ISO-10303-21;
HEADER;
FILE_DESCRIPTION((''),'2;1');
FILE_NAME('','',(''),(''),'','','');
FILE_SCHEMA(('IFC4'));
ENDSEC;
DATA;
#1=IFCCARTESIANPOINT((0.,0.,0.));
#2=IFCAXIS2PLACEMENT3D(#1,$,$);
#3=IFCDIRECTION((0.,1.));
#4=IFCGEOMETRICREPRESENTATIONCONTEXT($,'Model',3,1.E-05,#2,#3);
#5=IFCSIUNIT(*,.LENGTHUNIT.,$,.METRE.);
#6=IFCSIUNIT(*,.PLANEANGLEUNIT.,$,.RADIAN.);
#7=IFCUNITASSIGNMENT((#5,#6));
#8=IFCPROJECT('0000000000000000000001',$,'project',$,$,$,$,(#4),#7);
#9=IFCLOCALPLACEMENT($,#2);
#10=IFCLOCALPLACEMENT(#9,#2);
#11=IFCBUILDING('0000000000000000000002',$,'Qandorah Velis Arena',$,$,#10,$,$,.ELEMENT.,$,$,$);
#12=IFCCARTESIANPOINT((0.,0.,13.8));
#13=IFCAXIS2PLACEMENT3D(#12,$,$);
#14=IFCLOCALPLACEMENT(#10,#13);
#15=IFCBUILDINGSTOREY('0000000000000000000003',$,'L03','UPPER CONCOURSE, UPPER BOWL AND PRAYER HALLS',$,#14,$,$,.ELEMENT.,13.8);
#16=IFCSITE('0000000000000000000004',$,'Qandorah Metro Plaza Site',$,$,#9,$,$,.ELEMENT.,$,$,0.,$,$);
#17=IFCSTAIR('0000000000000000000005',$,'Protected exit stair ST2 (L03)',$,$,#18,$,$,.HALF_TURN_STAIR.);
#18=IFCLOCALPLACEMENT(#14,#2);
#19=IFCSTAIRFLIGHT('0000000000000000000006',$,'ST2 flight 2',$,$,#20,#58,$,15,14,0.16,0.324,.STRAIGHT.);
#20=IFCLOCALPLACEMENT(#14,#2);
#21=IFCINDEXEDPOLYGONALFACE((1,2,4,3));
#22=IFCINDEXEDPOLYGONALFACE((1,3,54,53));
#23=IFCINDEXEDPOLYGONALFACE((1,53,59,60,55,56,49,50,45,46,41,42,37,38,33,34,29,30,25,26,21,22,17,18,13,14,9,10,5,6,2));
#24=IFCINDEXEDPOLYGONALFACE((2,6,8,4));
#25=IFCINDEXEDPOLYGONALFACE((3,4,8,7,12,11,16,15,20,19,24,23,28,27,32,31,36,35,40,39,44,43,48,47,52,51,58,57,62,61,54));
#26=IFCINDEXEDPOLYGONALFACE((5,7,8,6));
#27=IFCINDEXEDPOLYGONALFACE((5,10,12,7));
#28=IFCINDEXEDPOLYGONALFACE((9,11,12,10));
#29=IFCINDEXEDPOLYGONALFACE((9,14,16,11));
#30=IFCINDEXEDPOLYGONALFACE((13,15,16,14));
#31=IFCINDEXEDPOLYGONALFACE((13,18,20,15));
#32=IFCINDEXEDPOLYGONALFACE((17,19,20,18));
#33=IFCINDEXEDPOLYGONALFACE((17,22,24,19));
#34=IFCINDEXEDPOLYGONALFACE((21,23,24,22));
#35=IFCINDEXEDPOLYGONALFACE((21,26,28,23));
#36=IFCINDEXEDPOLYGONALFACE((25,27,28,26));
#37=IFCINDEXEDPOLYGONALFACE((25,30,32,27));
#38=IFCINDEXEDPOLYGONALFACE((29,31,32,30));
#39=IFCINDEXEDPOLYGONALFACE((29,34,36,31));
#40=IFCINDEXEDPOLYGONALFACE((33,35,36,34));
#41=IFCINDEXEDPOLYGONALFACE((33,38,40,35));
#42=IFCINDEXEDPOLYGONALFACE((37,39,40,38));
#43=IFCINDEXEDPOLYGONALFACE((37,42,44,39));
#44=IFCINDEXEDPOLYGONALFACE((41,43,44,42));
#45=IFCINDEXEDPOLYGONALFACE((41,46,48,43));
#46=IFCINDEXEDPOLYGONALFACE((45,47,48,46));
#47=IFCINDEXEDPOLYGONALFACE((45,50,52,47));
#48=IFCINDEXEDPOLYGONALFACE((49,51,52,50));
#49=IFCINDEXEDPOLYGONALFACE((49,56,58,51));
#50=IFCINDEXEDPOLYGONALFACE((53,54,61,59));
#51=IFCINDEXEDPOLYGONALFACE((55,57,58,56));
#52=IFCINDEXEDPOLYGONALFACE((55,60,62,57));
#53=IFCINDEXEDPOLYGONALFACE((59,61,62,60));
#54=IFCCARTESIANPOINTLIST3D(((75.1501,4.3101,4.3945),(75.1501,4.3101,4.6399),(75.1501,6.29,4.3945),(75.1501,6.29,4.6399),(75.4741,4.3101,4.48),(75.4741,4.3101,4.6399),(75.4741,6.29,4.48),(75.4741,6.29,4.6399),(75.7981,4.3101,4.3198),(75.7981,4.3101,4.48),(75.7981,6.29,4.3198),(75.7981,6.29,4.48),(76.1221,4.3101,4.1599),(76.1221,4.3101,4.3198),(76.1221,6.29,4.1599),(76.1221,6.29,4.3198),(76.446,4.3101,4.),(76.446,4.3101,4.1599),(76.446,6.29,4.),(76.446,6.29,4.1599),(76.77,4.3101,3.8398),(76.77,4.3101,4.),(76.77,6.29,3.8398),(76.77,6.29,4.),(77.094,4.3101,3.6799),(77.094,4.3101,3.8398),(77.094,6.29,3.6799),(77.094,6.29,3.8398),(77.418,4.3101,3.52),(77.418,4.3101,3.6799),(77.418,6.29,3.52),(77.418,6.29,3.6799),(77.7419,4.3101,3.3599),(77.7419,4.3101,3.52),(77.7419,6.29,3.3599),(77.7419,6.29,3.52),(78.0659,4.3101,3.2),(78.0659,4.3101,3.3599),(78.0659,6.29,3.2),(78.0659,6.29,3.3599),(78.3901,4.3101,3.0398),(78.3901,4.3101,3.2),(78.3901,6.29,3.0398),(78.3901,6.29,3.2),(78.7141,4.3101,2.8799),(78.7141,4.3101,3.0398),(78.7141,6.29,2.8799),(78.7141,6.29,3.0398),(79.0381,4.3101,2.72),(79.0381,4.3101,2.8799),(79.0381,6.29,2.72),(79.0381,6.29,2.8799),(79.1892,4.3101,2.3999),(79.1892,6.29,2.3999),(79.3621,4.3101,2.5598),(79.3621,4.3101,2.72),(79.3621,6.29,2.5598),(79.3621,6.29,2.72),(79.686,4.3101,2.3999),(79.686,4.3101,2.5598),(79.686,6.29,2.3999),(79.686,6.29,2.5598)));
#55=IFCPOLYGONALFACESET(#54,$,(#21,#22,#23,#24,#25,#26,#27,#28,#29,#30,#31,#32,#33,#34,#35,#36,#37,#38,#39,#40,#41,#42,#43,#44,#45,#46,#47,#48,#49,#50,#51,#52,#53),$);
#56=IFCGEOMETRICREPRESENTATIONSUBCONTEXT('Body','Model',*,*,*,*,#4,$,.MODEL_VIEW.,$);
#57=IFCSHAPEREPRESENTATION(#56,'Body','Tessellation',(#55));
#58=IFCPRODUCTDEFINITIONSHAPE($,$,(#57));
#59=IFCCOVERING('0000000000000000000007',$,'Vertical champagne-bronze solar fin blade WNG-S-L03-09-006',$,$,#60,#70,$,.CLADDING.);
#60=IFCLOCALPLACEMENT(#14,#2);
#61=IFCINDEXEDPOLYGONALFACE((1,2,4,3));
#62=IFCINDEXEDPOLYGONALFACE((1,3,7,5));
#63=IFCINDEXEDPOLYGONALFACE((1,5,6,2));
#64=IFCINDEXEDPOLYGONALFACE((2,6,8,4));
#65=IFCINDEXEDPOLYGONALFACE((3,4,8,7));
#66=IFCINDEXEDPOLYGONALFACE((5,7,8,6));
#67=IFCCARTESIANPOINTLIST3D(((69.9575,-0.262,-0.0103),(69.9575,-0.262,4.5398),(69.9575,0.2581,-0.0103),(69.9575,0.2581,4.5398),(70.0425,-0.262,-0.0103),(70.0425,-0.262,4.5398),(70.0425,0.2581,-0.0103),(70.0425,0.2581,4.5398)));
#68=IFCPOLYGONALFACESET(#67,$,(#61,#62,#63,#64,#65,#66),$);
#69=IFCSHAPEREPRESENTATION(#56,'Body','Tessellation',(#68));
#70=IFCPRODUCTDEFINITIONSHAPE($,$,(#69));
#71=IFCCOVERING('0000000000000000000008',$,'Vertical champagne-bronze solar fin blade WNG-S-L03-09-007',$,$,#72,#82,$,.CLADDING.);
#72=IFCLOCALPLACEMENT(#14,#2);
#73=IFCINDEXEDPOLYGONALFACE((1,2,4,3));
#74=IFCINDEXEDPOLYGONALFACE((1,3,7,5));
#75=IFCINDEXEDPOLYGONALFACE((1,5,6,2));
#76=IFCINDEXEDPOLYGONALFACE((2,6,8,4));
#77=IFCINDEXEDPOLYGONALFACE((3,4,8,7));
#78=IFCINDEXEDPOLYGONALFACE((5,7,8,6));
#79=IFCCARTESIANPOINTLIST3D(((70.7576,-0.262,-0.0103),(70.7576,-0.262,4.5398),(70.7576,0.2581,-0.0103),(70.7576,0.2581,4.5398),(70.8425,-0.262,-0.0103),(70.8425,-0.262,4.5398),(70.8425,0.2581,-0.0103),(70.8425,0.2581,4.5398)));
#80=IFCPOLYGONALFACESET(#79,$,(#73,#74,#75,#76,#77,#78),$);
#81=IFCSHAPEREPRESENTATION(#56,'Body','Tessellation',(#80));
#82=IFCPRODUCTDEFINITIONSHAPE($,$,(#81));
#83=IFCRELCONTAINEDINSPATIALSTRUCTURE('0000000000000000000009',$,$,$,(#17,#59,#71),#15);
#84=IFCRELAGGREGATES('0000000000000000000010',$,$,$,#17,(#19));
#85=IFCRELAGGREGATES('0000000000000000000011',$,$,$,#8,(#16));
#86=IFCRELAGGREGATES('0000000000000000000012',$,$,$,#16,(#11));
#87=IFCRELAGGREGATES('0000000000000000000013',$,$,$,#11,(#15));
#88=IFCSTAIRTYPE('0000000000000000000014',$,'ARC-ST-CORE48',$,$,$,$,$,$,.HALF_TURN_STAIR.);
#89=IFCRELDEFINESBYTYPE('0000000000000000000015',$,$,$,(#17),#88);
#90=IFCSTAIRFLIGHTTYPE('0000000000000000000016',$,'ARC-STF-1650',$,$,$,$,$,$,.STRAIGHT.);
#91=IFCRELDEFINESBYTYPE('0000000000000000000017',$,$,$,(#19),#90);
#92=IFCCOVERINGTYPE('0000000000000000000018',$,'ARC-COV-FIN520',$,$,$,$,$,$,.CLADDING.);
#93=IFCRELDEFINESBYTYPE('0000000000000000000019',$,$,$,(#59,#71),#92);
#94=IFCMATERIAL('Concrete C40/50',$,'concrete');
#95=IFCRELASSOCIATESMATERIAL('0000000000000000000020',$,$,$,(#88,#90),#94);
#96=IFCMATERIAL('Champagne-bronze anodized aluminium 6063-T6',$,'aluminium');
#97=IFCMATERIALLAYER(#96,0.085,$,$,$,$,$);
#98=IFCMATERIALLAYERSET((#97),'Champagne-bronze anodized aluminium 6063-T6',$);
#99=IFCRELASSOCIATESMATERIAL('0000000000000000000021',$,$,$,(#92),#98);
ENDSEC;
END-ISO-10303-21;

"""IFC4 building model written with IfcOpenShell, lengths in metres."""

from ifc_helpers import new_model, si_unit, direction, frame, origin, origin_2d, place, context, subcontext, project, spatial, polyline, rectangle, outline, extrude, material, layer, layer_set, type_object, element, aggregate, save


model = new_model("IFC4")

# Units and contexts
model_context = context("Model", 3, precision=1e-05, world=origin(), true_north=direction((0.0, 1.0)))
body_context = subcontext(model_context, "Body", "Model", "MODEL_VIEW")
ifc_project = project(units=[si_unit("LENGTHUNIT", "METRE"), si_unit("PLANEANGLEUNIT", "RADIAN")], contexts=[model_context])

# Site, building, storey
site_placement = place(None, origin())
site = spatial("IfcSite", under=ifc_project, at=site_placement, Name="Qandorah Metro Plaza Site", CompositionType="ELEMENT", RefElevation=0.0)
building_placement = place(site_placement, origin())
building = spatial("IfcBuilding", under=site, at=building_placement, Name="Qandorah Velis Arena", CompositionType="ELEMENT")
storey_placement = place(building_placement, frame((0.0, 0.0, 13.8)))
storey = spatial("IfcBuildingStorey", under=building, at=storey_placement, Name="L03", Description="UPPER CONCOURSE, UPPER BOWL AND PRAYER HALLS", CompositionType="ELEMENT", Elevation=13.8)

# Shared definitions
ifc_material_1 = material(Name="Concrete C40/50", Category="concrete")

# Shared definitions
ifc_material_2 = material(Name="Champagne-bronze anodized aluminium 6063-T6", Category="aluminium")

# Stair, stair flight
stair_type = type_object("IfcStairType", Name="ARC-ST-CORE48", PredefinedType="HALF_TURN_STAIR", material=ifc_material_1)
stair_placement = place(storey_placement, origin())
stair = element("IfcStair", 1, at=stair_placement, inside=storey, type_object=stair_type, Name="Protected exit stair ST2 (L03)", PredefinedType="HALF_TURN_STAIR")
stair_flight_type = type_object("IfcStairFlightType", Name="ARC-STF-1650", PredefinedType="STRAIGHT", material=ifc_material_1)
stair_flight_1_placement = place(storey_placement, frame((79.686, 5.3, 2.3999), z_axis=(0.0, 0.0, 1.0), x_axis=(-1.0, 0.0, 0.0)))
stair_flight_1 = element("IfcStairFlight", 2, at=stair_flight_1_placement, type_object=stair_flight_type, Name="ST2 flight 2", NumberOfRisers=15, NumberOfTreads=14, PredefinedType="STRAIGHT", RiserHeight=0.16, TreadLength=0.324, context=body_context, shape_type="SweptSolid", body=[
    extrude(outline(polyline([(0.0, 0.0), (0.0, 0.1599), (0.324, 0.1599), (0.324, 0.3201), (0.6479, 0.3201), (0.6479, 0.48), (0.9719, 0.48), (0.9719, 0.6399), (1.2959, 0.6399), (1.2959, 0.8), (1.6201, 0.8), (1.6201, 0.96), (1.9441, 0.96), (1.9441, 1.1201), (2.2681, 1.1201), (2.2681, 1.28), (2.592, 1.28), (2.592, 1.4399), (2.916, 1.4399), (2.916, 1.6001), (3.24, 1.6001), (3.24, 1.76), (3.564, 1.76), (3.564, 1.9199), (3.8879, 1.9199), (3.8879, 2.0801), (4.2119, 2.0801), (4.2119, 2.24), (4.5359, 2.24), (4.5359, 2.3999), (4.5359, 1.9946), (0.4968, 0.0), (0.0, 0.0)])), frame((0.0, 0.99, 0.0), z_axis=(0.0, -1.0, 0.0), x_axis=(1.0, 0.0, 0.0)), (0.0, 0.0, 1.0), 1.98),
])
aggregate(stair, [stair_flight_1])

# Coverings
ifc_layer_1 = layer(ifc_material_2, 0.085)
ifc_layer_set_1 = layer_set([ifc_layer_1], Name="Champagne-bronze anodized aluminium 6063-T6")
covering_type = type_object("IfcCoveringType", Name="ARC-COV-FIN520", PredefinedType="CLADDING", material=ifc_layer_set_1)
for number, where, z_axis, x_axis, name in (
    (3, (70.0, -0.002, -0.0103), (0.0, 0.0, 1.0), (1.0, 0.0, 0.0), "Vertical champagne-bronze solar fin blade WNG-S-L03-09-006"),
    (4, (70.8, -0.002, -0.0103), (0.0, 0.0, 1.0), (1.0, 0.0, 0.0), "Vertical champagne-bronze solar fin blade WNG-S-L03-09-007"),
):
    element("IfcCovering", number, at=place(storey_placement, frame(where, z_axis=z_axis, x_axis=x_axis)), inside=storey, type_object=covering_type, Name=name, PredefinedType="CLADDING", context=body_context, shape_type="SweptSolid", body=[
        extrude(rectangle(XDim=0.085, YDim=0.52, at=origin_2d()), origin(), (0.0, 0.0, 1.0), 4.55),
    ])

save(model, "model.ifc")
